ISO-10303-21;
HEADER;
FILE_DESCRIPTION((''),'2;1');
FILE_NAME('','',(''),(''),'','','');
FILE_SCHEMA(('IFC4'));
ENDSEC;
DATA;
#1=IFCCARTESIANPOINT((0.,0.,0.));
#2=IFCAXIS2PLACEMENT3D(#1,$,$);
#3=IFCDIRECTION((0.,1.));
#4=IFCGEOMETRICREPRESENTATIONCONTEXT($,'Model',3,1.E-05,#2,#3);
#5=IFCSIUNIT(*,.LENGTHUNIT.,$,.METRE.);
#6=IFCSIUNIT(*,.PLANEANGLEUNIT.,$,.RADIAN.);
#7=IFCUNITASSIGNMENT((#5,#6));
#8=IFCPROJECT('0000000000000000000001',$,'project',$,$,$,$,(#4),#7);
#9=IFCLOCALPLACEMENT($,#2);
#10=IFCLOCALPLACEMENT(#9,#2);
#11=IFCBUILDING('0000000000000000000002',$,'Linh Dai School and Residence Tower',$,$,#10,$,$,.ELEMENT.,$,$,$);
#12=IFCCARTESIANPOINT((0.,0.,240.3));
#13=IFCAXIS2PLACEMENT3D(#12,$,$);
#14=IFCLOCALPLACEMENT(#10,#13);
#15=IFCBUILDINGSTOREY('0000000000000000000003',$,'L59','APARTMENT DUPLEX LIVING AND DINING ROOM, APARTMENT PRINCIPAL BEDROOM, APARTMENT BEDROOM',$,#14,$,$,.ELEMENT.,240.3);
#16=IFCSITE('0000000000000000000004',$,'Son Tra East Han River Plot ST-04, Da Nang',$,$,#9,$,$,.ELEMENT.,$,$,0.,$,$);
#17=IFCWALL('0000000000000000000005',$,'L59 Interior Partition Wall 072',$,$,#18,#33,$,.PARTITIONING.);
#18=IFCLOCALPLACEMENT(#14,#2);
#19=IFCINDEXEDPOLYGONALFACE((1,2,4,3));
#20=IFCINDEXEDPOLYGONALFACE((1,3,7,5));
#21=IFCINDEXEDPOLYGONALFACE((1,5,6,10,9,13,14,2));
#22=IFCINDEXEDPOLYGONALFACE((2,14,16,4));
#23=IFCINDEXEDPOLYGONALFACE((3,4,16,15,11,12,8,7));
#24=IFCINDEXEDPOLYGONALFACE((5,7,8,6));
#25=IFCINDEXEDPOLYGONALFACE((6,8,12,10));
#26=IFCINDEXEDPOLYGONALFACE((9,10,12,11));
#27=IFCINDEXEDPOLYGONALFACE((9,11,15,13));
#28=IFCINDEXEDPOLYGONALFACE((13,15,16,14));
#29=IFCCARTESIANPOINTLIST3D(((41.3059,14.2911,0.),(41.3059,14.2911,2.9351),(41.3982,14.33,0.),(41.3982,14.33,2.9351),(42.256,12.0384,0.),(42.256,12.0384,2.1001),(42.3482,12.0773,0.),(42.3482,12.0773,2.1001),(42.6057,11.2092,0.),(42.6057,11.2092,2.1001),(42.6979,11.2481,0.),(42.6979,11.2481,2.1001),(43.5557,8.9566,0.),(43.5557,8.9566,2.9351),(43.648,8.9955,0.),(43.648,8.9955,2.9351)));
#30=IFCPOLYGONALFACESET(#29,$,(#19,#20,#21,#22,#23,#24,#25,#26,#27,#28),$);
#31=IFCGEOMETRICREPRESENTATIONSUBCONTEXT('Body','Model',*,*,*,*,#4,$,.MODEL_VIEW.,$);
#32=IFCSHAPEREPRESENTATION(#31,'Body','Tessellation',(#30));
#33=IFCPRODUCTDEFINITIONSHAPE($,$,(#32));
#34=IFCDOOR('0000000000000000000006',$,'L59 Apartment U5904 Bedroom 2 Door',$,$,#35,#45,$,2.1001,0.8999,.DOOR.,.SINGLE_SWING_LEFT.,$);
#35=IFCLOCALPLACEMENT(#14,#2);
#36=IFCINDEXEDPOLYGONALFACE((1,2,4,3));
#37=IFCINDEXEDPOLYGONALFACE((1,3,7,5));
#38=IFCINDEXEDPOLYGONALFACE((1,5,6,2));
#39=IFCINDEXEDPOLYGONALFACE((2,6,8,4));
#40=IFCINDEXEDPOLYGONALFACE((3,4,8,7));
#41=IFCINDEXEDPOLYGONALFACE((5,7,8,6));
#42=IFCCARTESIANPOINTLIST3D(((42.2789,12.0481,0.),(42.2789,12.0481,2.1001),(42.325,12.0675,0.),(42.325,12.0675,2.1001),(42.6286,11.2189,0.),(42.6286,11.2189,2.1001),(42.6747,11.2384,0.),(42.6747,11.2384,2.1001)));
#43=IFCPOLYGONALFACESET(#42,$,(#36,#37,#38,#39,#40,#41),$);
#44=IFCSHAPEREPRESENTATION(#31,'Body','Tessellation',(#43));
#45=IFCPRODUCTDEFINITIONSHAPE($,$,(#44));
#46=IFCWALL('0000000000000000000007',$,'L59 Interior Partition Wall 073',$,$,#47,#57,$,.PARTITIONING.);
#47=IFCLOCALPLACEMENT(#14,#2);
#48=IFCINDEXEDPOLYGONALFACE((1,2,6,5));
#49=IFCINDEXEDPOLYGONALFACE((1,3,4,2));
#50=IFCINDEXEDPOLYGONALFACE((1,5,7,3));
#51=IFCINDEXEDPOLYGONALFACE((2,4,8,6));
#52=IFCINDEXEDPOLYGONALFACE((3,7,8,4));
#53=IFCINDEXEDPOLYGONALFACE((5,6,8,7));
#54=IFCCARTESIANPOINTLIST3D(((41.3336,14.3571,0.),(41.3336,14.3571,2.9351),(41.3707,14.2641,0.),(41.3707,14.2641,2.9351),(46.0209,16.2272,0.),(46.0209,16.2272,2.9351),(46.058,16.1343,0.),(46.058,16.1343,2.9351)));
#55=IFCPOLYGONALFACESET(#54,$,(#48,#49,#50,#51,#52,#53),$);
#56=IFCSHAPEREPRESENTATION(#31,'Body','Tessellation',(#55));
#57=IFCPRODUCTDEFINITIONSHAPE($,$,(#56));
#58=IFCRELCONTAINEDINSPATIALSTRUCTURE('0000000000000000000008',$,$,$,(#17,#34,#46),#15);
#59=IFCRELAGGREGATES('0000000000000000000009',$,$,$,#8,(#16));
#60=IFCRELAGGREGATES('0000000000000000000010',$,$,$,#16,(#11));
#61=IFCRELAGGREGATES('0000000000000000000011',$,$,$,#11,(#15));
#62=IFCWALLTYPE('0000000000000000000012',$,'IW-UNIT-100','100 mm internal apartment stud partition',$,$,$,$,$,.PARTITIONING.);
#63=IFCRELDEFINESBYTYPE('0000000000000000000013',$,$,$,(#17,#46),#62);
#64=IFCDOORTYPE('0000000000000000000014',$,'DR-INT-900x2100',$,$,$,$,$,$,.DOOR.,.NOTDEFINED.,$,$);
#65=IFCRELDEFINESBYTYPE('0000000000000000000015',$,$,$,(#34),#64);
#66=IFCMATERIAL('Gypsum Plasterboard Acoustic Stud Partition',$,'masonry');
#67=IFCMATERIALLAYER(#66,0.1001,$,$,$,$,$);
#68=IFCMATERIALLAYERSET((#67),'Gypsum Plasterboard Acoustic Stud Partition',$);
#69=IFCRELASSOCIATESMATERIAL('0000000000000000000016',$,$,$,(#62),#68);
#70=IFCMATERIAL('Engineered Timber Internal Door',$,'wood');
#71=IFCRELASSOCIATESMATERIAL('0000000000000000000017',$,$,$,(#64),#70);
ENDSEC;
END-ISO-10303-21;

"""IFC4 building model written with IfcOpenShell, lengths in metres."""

from ifc_helpers import new_model, si_unit, direction, frame, frame_2d, origin, origin_2d, place, context, subcontext, project, spatial, rectangle, extrude, source, transform, mapped, material, layer, layer_set, type_object, element, fill, save


model = new_model("IFC4")

# Units and contexts
model_context = context("Model", 3, precision=1e-05, world=origin(), true_north=direction((0.0, 1.0)))
body_context = subcontext(model_context, "Body", "Model", "MODEL_VIEW")
ifc_project = project(units=[si_unit("LENGTHUNIT", "METRE"), si_unit("PLANEANGLEUNIT", "RADIAN")], contexts=[model_context])

# Site, building, storey
site_placement = place(None, origin())
site = spatial("IfcSite", under=ifc_project, at=site_placement, Name="Son Tra East Han River Plot ST-04, Da Nang", CompositionType="ELEMENT", RefElevation=0.0)
building_placement = place(site_placement, origin())
building = spatial("IfcBuilding", under=site, at=building_placement, Name="Linh Dai School and Residence Tower", CompositionType="ELEMENT")
storey_placement = place(building_placement, frame((0.0, 0.0, 240.3)))
storey = spatial("IfcBuildingStorey", under=building, at=storey_placement, Name="L59", Description="APARTMENT DUPLEX LIVING AND DINING ROOM, APARTMENT PRINCIPAL BEDROOM, APARTMENT BEDROOM", CompositionType="ELEMENT", Elevation=240.3)

# Shared definitions
ifc_material_1 = material(Name="Gypsum Plasterboard Acoustic Stud Partition", Category="masonry")
ifc_layer_1 = layer(ifc_material_1, 0.1001)
ifc_layer_set_1 = layer_set([ifc_layer_1], Name="Gypsum Plasterboard Acoustic Stud Partition")
wall_type_1 = type_object("IfcWallType", Name="IW-UNIT-100", Description="100 mm internal apartment stud partition", PredefinedType="PARTITIONING", material=ifc_layer_set_1)

# Wall, opening, door
ifc_material_2 = material(Name="Engineered Timber Internal Door", Category="wood")
door_type = type_object("IfcDoorType", Name="DR-INT-900x2100", OperationType="NOTDEFINED", PredefinedType="DOOR", material=ifc_material_2)
shared_shape_1 = source(origin(), body_context, "Body", "SweptSolid", [
    extrude(rectangle(XDim=0.8999, YDim=2.1001, at=origin_2d()), frame((0.45, 0.0249, 1.05), z_axis=(0.0, -1.0, 0.0), x_axis=(1.0, 0.0, 0.0)), (0.0, 0.0, 1.0), 0.05),
])
wall_1_placement = place(storey_placement, frame((41.3521, 14.3105, 0.0), z_axis=(0.0, 0.0, 1.0), x_axis=(0.388594, -0.921409, 0.0)))
wall_1 = element("IfcWall", 1, at=wall_1_placement, inside=storey, type_object=wall_type_1, Name="L59 Interior Partition Wall 072", PredefinedType="PARTITIONING", context=body_context, shape_type="SweptSolid", body=[
    extrude(rectangle(XDim=5.7896, YDim=0.1001, at=frame_2d((2.8948, 0.0))), origin(), (0.0, 0.0, 1.0), 2.9351),
])
opening_1_placement = place(wall_1_placement, frame((2.4448, 0.0, 0.0)))
opening_1 = element("IfcOpeningElement", 2, at=opening_1_placement, cuts=wall_1, PredefinedType="OPENING", context=body_context, shape_type="SweptSolid", body=[
    extrude(rectangle(XDim=0.8999, YDim=2.1001, at=origin_2d()), frame((0.45, 0.0601, 1.05), z_axis=(0.0, -1.0, 0.0), x_axis=(1.0, 0.0, 0.0)), (0.0, 0.0, 1.0), 0.1201),
])
door_1_placement = place(opening_1_placement, origin())
door_1 = element("IfcDoor", 3, at=door_1_placement, inside=storey, type_object=door_type, Name="L59 Apartment U5904 Bedroom 2 Door", OperationType="SINGLE_SWING_LEFT", OverallHeight=2.1001, OverallWidth=0.8999, PredefinedType="DOOR", context=body_context, shape_type="MappedRepresentation", body=[
    mapped(shared_shape_1, transform((0.0, 0.0, 0.0), x_axis=(1.0, 0.0, 0.0), y_axis=(0.0, 1.0, 0.0), z_axis=(0.0, 0.0, 1.0), scale=1.0)),
])
fill(opening_1, door_1)

# Wall
wall_2_placement = place(storey_placement, frame((41.3521, 14.3105, 0.0), z_axis=(0.0, 0.0, 1.0), x_axis=(0.928803, 0.370573, 0.0)))
element("IfcWall", 4, at=wall_2_placement, inside=storey, type_object=wall_type_1, Name="L59 Interior Partition Wall 073", PredefinedType="PARTITIONING", context=body_context, shape_type="SweptSolid", body=[
    extrude(rectangle(XDim=5.0466, YDim=0.1001, at=frame_2d((2.5234, 0.0))), origin(), (0.0, 0.0, 1.0), 2.9351),
])

save(model, "model.ifc")
